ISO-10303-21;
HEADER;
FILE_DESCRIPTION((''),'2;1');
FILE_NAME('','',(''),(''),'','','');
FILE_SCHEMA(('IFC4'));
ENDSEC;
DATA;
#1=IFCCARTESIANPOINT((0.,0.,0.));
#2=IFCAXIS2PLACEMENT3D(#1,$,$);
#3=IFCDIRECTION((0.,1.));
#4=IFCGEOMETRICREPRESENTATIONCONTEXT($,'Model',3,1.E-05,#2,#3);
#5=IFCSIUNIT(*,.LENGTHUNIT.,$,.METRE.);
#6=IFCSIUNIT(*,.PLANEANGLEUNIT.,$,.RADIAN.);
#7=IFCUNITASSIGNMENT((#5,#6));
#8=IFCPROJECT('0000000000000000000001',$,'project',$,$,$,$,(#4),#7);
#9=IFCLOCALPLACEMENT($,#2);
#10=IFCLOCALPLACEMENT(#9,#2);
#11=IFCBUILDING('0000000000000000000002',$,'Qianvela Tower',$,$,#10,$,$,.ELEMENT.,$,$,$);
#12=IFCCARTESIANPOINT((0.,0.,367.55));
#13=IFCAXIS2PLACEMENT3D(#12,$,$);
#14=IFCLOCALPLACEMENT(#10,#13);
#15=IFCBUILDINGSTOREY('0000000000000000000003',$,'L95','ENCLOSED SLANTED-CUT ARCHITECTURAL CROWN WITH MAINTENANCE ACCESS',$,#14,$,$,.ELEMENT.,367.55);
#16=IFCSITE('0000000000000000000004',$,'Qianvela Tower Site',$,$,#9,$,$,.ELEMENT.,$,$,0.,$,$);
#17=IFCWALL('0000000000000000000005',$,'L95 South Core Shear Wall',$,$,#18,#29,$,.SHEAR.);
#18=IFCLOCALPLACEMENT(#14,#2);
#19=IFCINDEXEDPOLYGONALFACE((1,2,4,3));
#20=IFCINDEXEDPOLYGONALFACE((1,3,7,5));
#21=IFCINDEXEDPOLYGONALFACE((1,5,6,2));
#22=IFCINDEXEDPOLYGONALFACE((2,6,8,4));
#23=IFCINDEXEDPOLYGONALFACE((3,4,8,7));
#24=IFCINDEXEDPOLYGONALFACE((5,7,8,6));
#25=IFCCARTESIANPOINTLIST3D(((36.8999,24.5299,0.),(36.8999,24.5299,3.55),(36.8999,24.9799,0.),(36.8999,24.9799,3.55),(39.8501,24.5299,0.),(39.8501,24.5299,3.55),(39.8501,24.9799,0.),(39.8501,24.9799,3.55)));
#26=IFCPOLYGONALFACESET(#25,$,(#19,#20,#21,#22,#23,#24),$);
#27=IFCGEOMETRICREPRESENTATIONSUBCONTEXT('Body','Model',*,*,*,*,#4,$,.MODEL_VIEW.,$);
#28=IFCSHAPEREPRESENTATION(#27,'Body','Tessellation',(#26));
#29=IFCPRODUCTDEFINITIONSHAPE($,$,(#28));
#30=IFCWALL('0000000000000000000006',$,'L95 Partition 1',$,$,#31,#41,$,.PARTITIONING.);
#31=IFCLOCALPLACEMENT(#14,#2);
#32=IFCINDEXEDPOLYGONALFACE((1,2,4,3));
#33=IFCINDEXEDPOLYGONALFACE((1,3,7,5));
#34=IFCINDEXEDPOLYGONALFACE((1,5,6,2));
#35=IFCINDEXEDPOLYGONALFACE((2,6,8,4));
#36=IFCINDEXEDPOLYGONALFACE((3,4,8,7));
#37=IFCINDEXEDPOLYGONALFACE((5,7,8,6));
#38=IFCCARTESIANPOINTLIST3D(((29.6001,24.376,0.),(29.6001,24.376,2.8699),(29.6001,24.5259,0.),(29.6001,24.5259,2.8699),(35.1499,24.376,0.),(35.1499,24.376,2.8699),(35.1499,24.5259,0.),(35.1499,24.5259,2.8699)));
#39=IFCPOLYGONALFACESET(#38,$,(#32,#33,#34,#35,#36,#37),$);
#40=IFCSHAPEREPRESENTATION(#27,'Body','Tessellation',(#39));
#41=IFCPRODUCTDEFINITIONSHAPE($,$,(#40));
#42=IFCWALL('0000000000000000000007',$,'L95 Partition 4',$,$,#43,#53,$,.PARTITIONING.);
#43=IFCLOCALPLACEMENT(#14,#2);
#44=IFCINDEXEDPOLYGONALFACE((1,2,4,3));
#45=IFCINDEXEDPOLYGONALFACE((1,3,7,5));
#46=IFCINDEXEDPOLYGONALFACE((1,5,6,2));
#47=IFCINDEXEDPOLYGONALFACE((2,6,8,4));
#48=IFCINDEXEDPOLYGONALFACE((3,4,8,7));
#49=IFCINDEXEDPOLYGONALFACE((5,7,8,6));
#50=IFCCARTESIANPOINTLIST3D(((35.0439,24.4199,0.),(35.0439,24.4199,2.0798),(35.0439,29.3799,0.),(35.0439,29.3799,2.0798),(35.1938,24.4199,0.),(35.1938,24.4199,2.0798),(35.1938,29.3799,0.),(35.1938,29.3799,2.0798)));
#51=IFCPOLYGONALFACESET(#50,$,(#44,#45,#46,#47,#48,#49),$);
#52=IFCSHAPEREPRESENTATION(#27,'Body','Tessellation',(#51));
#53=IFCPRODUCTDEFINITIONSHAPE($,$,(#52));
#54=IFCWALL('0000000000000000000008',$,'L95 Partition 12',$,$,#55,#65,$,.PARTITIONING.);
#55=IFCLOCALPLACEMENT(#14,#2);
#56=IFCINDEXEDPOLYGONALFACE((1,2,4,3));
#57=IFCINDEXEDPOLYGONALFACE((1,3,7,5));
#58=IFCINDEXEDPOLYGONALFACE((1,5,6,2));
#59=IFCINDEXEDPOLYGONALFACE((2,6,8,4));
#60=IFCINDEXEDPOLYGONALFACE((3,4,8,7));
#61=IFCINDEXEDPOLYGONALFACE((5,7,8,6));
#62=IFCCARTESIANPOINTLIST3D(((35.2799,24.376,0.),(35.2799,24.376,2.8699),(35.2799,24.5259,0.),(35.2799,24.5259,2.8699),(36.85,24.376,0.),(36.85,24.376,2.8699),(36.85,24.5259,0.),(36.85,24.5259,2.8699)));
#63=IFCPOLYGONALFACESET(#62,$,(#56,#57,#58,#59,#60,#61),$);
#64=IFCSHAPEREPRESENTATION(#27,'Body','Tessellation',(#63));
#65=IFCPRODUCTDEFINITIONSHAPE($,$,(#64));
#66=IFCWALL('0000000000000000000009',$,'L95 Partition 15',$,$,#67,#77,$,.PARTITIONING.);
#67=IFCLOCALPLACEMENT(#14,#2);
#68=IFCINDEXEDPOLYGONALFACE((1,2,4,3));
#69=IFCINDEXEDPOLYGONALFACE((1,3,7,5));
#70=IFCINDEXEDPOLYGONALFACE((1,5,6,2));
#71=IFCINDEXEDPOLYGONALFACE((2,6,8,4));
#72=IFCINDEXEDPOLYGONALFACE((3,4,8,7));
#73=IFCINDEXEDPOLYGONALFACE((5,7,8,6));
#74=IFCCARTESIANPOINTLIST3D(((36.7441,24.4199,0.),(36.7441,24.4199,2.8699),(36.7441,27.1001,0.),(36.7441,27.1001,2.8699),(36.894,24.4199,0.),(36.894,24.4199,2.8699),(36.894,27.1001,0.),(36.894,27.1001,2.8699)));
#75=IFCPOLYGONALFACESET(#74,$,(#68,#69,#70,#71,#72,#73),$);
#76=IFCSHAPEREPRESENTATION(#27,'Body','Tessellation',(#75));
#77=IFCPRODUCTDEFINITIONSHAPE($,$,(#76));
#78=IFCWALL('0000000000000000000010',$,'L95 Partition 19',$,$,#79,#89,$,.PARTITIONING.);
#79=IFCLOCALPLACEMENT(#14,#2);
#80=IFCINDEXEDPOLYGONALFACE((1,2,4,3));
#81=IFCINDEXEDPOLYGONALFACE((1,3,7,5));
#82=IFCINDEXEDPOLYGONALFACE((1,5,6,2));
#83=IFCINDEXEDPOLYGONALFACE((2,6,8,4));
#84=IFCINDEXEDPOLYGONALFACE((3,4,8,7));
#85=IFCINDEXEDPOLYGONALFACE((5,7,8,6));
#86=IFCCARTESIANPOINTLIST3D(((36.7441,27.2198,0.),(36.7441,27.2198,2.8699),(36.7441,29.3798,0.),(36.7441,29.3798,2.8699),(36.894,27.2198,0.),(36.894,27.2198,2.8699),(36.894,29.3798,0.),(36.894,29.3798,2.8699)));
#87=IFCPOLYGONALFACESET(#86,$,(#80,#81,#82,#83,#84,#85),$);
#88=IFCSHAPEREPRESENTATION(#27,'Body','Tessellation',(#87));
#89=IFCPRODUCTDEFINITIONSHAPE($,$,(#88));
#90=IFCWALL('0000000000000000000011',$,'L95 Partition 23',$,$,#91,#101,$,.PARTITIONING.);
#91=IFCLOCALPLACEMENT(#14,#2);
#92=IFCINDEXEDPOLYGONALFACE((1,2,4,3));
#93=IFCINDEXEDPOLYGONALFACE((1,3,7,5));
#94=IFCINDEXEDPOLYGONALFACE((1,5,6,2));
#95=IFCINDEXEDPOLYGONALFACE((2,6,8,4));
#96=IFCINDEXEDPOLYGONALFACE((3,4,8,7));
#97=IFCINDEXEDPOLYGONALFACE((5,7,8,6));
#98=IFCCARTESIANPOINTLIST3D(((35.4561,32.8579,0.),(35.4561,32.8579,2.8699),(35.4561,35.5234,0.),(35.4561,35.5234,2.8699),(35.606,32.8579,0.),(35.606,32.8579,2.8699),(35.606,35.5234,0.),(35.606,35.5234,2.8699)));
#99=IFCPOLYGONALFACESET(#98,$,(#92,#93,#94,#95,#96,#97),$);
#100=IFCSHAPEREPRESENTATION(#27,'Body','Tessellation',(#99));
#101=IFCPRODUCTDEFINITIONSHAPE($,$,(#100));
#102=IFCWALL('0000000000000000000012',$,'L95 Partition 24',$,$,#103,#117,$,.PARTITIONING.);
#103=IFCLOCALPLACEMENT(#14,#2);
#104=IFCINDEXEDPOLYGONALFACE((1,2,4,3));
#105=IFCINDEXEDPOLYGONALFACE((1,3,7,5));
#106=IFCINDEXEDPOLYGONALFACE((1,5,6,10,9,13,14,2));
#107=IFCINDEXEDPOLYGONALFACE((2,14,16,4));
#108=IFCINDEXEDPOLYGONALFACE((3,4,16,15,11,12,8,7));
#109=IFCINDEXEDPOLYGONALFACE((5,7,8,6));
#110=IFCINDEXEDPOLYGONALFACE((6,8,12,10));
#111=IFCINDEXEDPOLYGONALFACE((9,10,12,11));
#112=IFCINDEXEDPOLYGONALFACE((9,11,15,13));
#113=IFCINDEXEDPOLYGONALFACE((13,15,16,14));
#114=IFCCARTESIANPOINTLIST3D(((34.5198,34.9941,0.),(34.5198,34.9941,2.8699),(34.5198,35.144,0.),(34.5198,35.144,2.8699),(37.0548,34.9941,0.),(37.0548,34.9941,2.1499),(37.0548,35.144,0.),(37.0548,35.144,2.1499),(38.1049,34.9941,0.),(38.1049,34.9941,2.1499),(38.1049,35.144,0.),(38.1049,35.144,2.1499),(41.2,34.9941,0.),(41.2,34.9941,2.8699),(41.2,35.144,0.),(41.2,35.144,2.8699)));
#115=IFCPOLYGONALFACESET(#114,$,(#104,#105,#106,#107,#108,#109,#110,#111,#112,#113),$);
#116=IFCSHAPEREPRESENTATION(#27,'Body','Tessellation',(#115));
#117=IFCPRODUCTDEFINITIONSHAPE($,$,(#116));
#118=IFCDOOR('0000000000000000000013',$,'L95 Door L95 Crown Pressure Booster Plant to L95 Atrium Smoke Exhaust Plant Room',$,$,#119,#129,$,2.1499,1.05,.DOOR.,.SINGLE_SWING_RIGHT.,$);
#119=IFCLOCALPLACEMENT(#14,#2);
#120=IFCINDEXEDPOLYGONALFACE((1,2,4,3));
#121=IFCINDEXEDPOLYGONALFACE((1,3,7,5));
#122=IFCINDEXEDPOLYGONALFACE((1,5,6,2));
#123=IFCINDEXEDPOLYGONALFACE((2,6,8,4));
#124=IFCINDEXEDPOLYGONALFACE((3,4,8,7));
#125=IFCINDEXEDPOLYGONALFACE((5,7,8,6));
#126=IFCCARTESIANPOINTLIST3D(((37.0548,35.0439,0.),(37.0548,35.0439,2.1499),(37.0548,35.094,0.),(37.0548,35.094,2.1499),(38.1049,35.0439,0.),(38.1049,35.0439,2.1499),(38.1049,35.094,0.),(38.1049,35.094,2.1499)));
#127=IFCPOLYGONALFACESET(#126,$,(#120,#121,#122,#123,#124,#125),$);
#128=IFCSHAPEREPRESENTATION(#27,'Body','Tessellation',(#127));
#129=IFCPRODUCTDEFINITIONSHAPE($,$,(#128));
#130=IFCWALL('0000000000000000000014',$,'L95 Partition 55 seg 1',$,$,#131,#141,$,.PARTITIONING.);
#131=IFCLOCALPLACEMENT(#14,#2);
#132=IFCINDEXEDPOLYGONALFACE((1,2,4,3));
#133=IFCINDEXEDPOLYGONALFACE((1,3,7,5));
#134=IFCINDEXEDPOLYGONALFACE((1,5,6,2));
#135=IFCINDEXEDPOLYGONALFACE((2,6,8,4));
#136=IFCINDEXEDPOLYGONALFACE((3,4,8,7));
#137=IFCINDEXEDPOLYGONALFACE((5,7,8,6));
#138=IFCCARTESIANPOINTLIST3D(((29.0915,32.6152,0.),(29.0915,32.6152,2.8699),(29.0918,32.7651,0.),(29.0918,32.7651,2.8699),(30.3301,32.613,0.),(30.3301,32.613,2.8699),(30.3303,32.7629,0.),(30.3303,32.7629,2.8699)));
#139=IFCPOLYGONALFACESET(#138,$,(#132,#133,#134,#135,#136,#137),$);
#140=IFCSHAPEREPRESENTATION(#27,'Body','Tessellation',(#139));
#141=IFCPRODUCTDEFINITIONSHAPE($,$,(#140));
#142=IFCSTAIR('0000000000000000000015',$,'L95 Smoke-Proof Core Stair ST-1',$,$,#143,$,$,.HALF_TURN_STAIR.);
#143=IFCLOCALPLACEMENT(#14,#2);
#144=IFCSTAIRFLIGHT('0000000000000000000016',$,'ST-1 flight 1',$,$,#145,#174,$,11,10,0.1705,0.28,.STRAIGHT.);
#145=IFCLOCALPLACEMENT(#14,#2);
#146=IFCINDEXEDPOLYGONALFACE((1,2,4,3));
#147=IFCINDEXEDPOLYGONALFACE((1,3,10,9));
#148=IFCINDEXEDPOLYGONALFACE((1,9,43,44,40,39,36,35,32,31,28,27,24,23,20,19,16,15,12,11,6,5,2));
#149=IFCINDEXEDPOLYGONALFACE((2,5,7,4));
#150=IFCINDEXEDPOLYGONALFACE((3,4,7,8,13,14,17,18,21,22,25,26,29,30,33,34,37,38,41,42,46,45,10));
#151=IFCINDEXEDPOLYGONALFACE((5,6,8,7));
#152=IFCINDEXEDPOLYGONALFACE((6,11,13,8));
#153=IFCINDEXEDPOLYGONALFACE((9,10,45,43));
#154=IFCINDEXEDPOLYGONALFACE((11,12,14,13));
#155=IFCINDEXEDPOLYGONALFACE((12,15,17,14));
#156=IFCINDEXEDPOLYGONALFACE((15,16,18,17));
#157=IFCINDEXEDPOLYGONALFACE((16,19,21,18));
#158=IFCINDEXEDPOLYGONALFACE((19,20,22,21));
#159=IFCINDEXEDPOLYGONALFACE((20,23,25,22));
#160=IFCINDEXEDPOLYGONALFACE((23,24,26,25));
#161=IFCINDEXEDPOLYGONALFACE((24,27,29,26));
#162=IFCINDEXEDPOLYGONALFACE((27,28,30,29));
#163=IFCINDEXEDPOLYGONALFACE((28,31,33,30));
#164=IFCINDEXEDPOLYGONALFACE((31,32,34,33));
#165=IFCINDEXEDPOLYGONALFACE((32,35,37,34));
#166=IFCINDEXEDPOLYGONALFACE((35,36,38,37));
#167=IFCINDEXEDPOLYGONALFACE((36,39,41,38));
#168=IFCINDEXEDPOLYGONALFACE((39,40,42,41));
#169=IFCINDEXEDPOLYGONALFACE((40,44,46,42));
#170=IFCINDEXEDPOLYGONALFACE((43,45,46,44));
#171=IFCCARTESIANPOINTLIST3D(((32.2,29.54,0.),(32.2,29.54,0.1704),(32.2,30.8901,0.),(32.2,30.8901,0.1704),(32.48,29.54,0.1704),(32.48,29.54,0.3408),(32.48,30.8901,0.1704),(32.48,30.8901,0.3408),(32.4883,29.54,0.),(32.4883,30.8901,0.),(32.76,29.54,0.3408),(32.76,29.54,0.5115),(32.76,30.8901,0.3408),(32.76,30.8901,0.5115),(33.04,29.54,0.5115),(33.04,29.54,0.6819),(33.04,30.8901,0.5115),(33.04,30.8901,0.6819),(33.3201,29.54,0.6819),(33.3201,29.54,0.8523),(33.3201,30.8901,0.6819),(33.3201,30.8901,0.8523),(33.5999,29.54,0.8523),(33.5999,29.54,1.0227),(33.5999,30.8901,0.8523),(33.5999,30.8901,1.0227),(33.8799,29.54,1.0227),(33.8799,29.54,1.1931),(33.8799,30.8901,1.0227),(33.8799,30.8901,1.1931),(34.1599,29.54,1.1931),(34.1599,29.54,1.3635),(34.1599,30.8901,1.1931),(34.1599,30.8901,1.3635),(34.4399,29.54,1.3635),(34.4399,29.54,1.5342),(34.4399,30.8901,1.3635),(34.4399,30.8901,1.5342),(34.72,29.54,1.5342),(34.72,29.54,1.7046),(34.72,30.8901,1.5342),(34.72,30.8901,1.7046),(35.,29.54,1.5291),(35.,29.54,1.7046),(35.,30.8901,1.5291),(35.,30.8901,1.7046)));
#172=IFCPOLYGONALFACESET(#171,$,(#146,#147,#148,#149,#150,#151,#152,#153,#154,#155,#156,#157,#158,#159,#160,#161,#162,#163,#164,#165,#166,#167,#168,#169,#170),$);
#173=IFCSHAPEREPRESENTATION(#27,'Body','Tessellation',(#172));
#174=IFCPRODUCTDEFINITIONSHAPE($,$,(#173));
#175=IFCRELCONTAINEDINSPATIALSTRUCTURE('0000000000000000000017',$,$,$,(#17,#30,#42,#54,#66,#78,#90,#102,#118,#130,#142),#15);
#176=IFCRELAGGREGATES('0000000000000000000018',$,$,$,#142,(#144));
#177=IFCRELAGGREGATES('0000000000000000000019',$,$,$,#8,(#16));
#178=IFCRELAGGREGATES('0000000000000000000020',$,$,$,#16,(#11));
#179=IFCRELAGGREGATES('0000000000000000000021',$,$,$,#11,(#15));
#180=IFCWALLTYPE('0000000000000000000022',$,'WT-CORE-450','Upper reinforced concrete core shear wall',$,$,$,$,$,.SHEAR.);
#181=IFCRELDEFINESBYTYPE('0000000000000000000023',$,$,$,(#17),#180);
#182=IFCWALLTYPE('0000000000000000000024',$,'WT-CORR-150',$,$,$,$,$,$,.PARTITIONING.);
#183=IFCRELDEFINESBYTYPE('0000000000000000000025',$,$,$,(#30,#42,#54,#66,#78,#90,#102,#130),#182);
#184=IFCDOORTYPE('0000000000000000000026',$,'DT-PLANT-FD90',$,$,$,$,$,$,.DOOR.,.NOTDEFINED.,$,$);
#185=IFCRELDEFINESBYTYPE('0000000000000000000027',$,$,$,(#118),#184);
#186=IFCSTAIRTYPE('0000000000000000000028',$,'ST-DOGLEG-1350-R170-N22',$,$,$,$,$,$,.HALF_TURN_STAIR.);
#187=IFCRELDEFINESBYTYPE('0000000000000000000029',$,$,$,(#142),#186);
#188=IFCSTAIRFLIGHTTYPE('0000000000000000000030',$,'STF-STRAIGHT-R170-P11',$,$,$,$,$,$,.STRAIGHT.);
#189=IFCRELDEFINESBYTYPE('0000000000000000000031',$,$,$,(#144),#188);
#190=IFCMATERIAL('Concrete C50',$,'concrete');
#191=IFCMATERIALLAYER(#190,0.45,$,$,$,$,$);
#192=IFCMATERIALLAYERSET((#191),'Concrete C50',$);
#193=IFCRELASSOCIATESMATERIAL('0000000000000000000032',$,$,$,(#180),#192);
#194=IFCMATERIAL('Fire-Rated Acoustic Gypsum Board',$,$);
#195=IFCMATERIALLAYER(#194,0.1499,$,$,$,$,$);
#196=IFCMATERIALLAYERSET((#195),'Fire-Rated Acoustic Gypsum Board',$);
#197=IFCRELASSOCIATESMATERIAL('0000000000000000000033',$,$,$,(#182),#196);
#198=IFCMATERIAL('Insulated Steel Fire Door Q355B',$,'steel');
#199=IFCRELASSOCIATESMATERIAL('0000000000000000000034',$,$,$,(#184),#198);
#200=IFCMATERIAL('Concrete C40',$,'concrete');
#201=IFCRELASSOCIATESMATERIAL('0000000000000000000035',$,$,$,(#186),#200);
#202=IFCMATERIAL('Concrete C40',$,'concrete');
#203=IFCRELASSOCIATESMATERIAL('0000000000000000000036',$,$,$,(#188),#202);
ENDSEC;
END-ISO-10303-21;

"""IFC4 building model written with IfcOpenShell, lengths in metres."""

from ifc_helpers import new_model, si_unit, direction, frame, frame_2d, origin, place, context, subcontext, project, spatial, polyline, rectangle, outline, extrude, material, layer, layer_set, type_object, element, fill, aggregate, save


model = new_model("IFC4")

# Units and contexts
model_context = context("Model", 3, precision=1e-05, world=origin(), true_north=direction((0.0, 1.0)))
body_context = subcontext(model_context, "Body", "Model", "MODEL_VIEW")
ifc_project = project(units=[si_unit("LENGTHUNIT", "METRE"), si_unit("PLANEANGLEUNIT", "RADIAN")], contexts=[model_context])

# Site, building, storey
site_placement = place(None, origin())
site = spatial("IfcSite", under=ifc_project, at=site_placement, Name="Qianvela Tower Site", CompositionType="ELEMENT", RefElevation=0.0)
building_placement = place(site_placement, origin())
building = spatial("IfcBuilding", under=site, at=building_placement, Name="Qianvela Tower", CompositionType="ELEMENT")
storey_placement = place(building_placement, frame((0.0, 0.0, 367.55)))
storey = spatial("IfcBuildingStorey", under=building, at=storey_placement, Name="L95", Description="ENCLOSED SLANTED-CUT ARCHITECTURAL CROWN WITH MAINTENANCE ACCESS", CompositionType="ELEMENT", Elevation=367.55)

# Walls
ifc_material_1 = material(Name="Concrete C50", Category="concrete")
ifc_layer_1 = layer(ifc_material_1, 0.45)
ifc_layer_set_1 = layer_set([ifc_layer_1], Name="Concrete C50")
wall_type_1 = type_object("IfcWallType", Name="WT-CORE-450", Description="Upper reinforced concrete core shear wall", PredefinedType="SHEAR", material=ifc_layer_set_1)
wall_1_placement = place(storey_placement, frame((36.8999, 24.7549, 0.0), z_axis=(0.0, 0.0, 1.0), x_axis=(1.0, 0.0, 0.0)))
element("IfcWall", 1, at=wall_1_placement, inside=storey, type_object=wall_type_1, Name="L95 South Core Shear Wall", PredefinedType="SHEAR", context=body_context, shape_type="SweptSolid", body=[
    extrude(rectangle(XDim=2.9502, YDim=0.45, at=frame_2d((1.4751, 0.0))), origin(), (0.0, 0.0, 1.0), 3.55),
])
ifc_material_2 = material(Name="Fire-Rated Acoustic Gypsum Board")
ifc_layer_2 = layer(ifc_material_2, 0.1499)
ifc_layer_set_2 = layer_set([ifc_layer_2], Name="Fire-Rated Acoustic Gypsum Board")
wall_type_2 = type_object("IfcWallType", Name="WT-CORR-150", PredefinedType="PARTITIONING", material=ifc_layer_set_2)
wall_2_placement = place(storey_placement, frame((35.1499, 24.4509, 0.0), z_axis=(0.0, 0.0, 1.0), x_axis=(-1.0, 0.0, 0.0)))
element("IfcWall", 2, at=wall_2_placement, inside=storey, type_object=wall_type_2, Name="L95 Partition 1", PredefinedType="PARTITIONING", context=body_context, shape_type="SweptSolid", body=[
    extrude(rectangle(XDim=5.5498, YDim=0.1499, at=frame_2d((2.7749, 0.0))), origin(), (0.0, 0.0, 1.0), 2.8699),
])
wall_3_placement = place(storey_placement, frame((35.1189, 29.3799, 0.0), z_axis=(0.0, 0.0, 1.0), x_axis=(0.0, -1.0, 0.0)))
element("IfcWall", 3, at=wall_3_placement, inside=storey, type_object=wall_type_2, Name="L95 Partition 4", PredefinedType="PARTITIONING", context=body_context, shape_type="SweptSolid", body=[
    extrude(rectangle(XDim=4.96, YDim=0.1499, at=frame_2d((2.48, 0.0))), origin(), (0.0, 0.0, 1.0), 2.0798),
])
wall_4_placement = place(storey_placement, frame((36.8501, 24.4509, 0.0), z_axis=(0.0, 0.0, 1.0), x_axis=(-1.0, 0.0, 0.0)))
element("IfcWall", 4, at=wall_4_placement, inside=storey, type_object=wall_type_2, Name="L95 Partition 12", PredefinedType="PARTITIONING", context=body_context, shape_type="SweptSolid", body=[
    extrude(rectangle(XDim=1.5701, YDim=0.1499, at=frame_2d((0.7852, 0.0))), origin(), (0.0, 0.0, 1.0), 2.8699),
])

# Shared definitions
ifc_material_3 = material(Name="Insulated Steel Fire Door Q355B", Category="steel")
door_type = type_object("IfcDoorType", Name="DT-PLANT-FD90", OperationType="NOTDEFINED", PredefinedType="DOOR", material=ifc_material_3)

# Walls
wall_5_placement = place(storey_placement, frame((36.8191, 27.1001, 0.0), z_axis=(0.0, 0.0, 1.0), x_axis=(0.0, -1.0, 0.0)))
element("IfcWall", 5, at=wall_5_placement, inside=storey, type_object=wall_type_2, Name="L95 Partition 15", PredefinedType="PARTITIONING", context=body_context, shape_type="SweptSolid", body=[
    extrude(rectangle(XDim=2.6802, YDim=0.1499, at=frame_2d((1.3401, 0.0))), origin(), (0.0, 0.0, 1.0), 2.8699),
])
wall_6_placement = place(storey_placement, frame((36.8191, 29.3799, 0.0), z_axis=(0.0, 0.0, 1.0), x_axis=(0.0, -1.0, 0.0)))
element("IfcWall", 6, at=wall_6_placement, inside=storey, type_object=wall_type_2, Name="L95 Partition 19", PredefinedType="PARTITIONING", context=body_context, shape_type="SweptSolid", body=[
    extrude(rectangle(XDim=2.1599, YDim=0.1499, at=frame_2d((1.0801, 0.0))), origin(), (0.0, 0.0, 1.0), 2.8699),
])
wall_7_placement = place(storey_placement, frame((35.531, 32.8579, 0.0), z_axis=(0.0, 0.0, 1.0), x_axis=(0.0, 1.0, 0.0)))
element("IfcWall", 7, at=wall_7_placement, inside=storey, type_object=wall_type_2, Name="L95 Partition 23", PredefinedType="PARTITIONING", context=body_context, shape_type="SweptSolid", body=[
    extrude(rectangle(XDim=2.6655, YDim=0.1499, at=frame_2d((1.3328, 0.0))), origin(), (0.0, 0.0, 1.0), 2.8699),
])

# Wall, opening, door
wall_8_placement = place(storey_placement, frame((34.5198, 35.0691, 0.0), z_axis=(0.0, 0.0, 1.0), x_axis=(1.0, 0.0, 0.0)))
wall_8 = element("IfcWall", 8, at=wall_8_placement, inside=storey, type_object=wall_type_2, Name="L95 Partition 24", PredefinedType="PARTITIONING", context=body_context, shape_type="SweptSolid", body=[
    extrude(rectangle(XDim=6.6802, YDim=0.1499, at=frame_2d((3.3401, 0.0))), origin(), (0.0, 0.0, 1.0), 2.8699),
])
opening_1_placement = place(wall_8_placement, frame((2.5352, 0.0, 0.0)))
opening_1 = element("IfcOpeningElement", 9, at=opening_1_placement, cuts=wall_8, PredefinedType="OPENING", context=body_context, shape_type="SweptSolid", body=[
    extrude(rectangle(XDim=1.05, YDim=2.1499, at=frame_2d((0.5249, 1.075))), frame((0.0, 0.085, 0.0), z_axis=(0.0, -1.0, 0.0), x_axis=(1.0, 0.0, 0.0)), (0.0, 0.0, 1.0), 0.1699),
])
door_1_placement = place(opening_1_placement, origin())
door_1 = element("IfcDoor", 10, at=door_1_placement, inside=storey, type_object=door_type, Name="L95 Door L95 Crown Pressure Booster Plant to L95 Atrium Smoke Exhaust Plant Room", OperationType="SINGLE_SWING_RIGHT", OverallHeight=2.1499, OverallWidth=1.05, PredefinedType="DOOR", context=body_context, shape_type="SweptSolid", body=[
    extrude(rectangle(XDim=1.05, YDim=2.1499, at=frame_2d((0.5249, 1.075))), frame((0.0, 0.0249, 0.0), z_axis=(0.0, -1.0, 0.0), x_axis=(1.0, 0.0, 0.0)), (0.0, 0.0, 1.0), 0.05),
])
fill(opening_1, door_1)

# Wall
wall_9_placement = place(storey_placement, frame((30.3301, 32.688, 0.0), z_axis=(0.0, 0.0, 1.0), x_axis=(-0.999998, 0.001774, 0.0)))
element("IfcWall", 11, at=wall_9_placement, inside=storey, type_object=wall_type_2, Name="L95 Partition 55 seg 1", PredefinedType="PARTITIONING", context=body_context, shape_type="SweptSolid", body=[
    extrude(rectangle(XDim=1.2385, YDim=0.1499, at=frame_2d((0.6191, 0.0))), origin(), (0.0, 0.0, 1.0), 2.8699),
])

# Stair, stair flight
ifc_material_4 = material(Name="Concrete C40", Category="concrete")
stair_type = type_object("IfcStairType", Name="ST-DOGLEG-1350-R170-N22", PredefinedType="HALF_TURN_STAIR", material=ifc_material_4)
stair_placement = place(storey_placement, origin())
stair = element("IfcStair", 12, at=stair_placement, inside=storey, type_object=stair_type, Name="L95 Smoke-Proof Core Stair ST-1", PredefinedType="HALF_TURN_STAIR")
ifc_material_5 = material(Name="Concrete C40", Category="concrete")
stair_flight_type = type_object("IfcStairFlightType", Name="STF-STRAIGHT-R170-P11", PredefinedType="STRAIGHT", material=ifc_material_5)
stair_flight_1_placement = place(storey_placement, frame((32.2, 30.2151, 0.0), z_axis=(0.0, 0.0, 1.0), x_axis=(1.0, 0.0, 0.0)))
stair_flight_1 = element("IfcStairFlight", 13, at=stair_flight_1_placement, type_object=stair_flight_type, Name="ST-1 flight 1", NumberOfRisers=11, NumberOfTreads=10, PredefinedType="STRAIGHT", RiserHeight=0.1705, TreadLength=0.28, context=body_context, shape_type="SweptSolid", body=[
    extrude(outline(polyline([(0.0, 0.0), (0.0, 0.1704), (0.28, 0.1704), (0.28, 0.3408), (0.5601, 0.3408), (0.5601, 0.5115), (0.8401, 0.5115), (0.8401, 0.6819), (1.1201, 0.6819), (1.1201, 0.8523), (1.3999, 0.8523), (1.3999, 1.0227), (1.6799, 1.0227), (1.6799, 1.1931), (1.96, 1.1931), (1.96, 1.3635), (2.24, 1.3635), (2.24, 1.5342), (2.52, 1.5342), (2.52, 1.7046), (2.8, 1.7046), (2.8, 1.875), (2.8, 1.5291), (0.2883, 0.0), (0.0, 0.0)])), frame((0.0, 0.675, 0.0), z_axis=(0.0, -1.0, 0.0), x_axis=(1.0, 0.0, 0.0)), (0.0, 0.0, 1.0), 1.3501),
])
aggregate(stair, [stair_flight_1])

save(model, "model.ifc")
